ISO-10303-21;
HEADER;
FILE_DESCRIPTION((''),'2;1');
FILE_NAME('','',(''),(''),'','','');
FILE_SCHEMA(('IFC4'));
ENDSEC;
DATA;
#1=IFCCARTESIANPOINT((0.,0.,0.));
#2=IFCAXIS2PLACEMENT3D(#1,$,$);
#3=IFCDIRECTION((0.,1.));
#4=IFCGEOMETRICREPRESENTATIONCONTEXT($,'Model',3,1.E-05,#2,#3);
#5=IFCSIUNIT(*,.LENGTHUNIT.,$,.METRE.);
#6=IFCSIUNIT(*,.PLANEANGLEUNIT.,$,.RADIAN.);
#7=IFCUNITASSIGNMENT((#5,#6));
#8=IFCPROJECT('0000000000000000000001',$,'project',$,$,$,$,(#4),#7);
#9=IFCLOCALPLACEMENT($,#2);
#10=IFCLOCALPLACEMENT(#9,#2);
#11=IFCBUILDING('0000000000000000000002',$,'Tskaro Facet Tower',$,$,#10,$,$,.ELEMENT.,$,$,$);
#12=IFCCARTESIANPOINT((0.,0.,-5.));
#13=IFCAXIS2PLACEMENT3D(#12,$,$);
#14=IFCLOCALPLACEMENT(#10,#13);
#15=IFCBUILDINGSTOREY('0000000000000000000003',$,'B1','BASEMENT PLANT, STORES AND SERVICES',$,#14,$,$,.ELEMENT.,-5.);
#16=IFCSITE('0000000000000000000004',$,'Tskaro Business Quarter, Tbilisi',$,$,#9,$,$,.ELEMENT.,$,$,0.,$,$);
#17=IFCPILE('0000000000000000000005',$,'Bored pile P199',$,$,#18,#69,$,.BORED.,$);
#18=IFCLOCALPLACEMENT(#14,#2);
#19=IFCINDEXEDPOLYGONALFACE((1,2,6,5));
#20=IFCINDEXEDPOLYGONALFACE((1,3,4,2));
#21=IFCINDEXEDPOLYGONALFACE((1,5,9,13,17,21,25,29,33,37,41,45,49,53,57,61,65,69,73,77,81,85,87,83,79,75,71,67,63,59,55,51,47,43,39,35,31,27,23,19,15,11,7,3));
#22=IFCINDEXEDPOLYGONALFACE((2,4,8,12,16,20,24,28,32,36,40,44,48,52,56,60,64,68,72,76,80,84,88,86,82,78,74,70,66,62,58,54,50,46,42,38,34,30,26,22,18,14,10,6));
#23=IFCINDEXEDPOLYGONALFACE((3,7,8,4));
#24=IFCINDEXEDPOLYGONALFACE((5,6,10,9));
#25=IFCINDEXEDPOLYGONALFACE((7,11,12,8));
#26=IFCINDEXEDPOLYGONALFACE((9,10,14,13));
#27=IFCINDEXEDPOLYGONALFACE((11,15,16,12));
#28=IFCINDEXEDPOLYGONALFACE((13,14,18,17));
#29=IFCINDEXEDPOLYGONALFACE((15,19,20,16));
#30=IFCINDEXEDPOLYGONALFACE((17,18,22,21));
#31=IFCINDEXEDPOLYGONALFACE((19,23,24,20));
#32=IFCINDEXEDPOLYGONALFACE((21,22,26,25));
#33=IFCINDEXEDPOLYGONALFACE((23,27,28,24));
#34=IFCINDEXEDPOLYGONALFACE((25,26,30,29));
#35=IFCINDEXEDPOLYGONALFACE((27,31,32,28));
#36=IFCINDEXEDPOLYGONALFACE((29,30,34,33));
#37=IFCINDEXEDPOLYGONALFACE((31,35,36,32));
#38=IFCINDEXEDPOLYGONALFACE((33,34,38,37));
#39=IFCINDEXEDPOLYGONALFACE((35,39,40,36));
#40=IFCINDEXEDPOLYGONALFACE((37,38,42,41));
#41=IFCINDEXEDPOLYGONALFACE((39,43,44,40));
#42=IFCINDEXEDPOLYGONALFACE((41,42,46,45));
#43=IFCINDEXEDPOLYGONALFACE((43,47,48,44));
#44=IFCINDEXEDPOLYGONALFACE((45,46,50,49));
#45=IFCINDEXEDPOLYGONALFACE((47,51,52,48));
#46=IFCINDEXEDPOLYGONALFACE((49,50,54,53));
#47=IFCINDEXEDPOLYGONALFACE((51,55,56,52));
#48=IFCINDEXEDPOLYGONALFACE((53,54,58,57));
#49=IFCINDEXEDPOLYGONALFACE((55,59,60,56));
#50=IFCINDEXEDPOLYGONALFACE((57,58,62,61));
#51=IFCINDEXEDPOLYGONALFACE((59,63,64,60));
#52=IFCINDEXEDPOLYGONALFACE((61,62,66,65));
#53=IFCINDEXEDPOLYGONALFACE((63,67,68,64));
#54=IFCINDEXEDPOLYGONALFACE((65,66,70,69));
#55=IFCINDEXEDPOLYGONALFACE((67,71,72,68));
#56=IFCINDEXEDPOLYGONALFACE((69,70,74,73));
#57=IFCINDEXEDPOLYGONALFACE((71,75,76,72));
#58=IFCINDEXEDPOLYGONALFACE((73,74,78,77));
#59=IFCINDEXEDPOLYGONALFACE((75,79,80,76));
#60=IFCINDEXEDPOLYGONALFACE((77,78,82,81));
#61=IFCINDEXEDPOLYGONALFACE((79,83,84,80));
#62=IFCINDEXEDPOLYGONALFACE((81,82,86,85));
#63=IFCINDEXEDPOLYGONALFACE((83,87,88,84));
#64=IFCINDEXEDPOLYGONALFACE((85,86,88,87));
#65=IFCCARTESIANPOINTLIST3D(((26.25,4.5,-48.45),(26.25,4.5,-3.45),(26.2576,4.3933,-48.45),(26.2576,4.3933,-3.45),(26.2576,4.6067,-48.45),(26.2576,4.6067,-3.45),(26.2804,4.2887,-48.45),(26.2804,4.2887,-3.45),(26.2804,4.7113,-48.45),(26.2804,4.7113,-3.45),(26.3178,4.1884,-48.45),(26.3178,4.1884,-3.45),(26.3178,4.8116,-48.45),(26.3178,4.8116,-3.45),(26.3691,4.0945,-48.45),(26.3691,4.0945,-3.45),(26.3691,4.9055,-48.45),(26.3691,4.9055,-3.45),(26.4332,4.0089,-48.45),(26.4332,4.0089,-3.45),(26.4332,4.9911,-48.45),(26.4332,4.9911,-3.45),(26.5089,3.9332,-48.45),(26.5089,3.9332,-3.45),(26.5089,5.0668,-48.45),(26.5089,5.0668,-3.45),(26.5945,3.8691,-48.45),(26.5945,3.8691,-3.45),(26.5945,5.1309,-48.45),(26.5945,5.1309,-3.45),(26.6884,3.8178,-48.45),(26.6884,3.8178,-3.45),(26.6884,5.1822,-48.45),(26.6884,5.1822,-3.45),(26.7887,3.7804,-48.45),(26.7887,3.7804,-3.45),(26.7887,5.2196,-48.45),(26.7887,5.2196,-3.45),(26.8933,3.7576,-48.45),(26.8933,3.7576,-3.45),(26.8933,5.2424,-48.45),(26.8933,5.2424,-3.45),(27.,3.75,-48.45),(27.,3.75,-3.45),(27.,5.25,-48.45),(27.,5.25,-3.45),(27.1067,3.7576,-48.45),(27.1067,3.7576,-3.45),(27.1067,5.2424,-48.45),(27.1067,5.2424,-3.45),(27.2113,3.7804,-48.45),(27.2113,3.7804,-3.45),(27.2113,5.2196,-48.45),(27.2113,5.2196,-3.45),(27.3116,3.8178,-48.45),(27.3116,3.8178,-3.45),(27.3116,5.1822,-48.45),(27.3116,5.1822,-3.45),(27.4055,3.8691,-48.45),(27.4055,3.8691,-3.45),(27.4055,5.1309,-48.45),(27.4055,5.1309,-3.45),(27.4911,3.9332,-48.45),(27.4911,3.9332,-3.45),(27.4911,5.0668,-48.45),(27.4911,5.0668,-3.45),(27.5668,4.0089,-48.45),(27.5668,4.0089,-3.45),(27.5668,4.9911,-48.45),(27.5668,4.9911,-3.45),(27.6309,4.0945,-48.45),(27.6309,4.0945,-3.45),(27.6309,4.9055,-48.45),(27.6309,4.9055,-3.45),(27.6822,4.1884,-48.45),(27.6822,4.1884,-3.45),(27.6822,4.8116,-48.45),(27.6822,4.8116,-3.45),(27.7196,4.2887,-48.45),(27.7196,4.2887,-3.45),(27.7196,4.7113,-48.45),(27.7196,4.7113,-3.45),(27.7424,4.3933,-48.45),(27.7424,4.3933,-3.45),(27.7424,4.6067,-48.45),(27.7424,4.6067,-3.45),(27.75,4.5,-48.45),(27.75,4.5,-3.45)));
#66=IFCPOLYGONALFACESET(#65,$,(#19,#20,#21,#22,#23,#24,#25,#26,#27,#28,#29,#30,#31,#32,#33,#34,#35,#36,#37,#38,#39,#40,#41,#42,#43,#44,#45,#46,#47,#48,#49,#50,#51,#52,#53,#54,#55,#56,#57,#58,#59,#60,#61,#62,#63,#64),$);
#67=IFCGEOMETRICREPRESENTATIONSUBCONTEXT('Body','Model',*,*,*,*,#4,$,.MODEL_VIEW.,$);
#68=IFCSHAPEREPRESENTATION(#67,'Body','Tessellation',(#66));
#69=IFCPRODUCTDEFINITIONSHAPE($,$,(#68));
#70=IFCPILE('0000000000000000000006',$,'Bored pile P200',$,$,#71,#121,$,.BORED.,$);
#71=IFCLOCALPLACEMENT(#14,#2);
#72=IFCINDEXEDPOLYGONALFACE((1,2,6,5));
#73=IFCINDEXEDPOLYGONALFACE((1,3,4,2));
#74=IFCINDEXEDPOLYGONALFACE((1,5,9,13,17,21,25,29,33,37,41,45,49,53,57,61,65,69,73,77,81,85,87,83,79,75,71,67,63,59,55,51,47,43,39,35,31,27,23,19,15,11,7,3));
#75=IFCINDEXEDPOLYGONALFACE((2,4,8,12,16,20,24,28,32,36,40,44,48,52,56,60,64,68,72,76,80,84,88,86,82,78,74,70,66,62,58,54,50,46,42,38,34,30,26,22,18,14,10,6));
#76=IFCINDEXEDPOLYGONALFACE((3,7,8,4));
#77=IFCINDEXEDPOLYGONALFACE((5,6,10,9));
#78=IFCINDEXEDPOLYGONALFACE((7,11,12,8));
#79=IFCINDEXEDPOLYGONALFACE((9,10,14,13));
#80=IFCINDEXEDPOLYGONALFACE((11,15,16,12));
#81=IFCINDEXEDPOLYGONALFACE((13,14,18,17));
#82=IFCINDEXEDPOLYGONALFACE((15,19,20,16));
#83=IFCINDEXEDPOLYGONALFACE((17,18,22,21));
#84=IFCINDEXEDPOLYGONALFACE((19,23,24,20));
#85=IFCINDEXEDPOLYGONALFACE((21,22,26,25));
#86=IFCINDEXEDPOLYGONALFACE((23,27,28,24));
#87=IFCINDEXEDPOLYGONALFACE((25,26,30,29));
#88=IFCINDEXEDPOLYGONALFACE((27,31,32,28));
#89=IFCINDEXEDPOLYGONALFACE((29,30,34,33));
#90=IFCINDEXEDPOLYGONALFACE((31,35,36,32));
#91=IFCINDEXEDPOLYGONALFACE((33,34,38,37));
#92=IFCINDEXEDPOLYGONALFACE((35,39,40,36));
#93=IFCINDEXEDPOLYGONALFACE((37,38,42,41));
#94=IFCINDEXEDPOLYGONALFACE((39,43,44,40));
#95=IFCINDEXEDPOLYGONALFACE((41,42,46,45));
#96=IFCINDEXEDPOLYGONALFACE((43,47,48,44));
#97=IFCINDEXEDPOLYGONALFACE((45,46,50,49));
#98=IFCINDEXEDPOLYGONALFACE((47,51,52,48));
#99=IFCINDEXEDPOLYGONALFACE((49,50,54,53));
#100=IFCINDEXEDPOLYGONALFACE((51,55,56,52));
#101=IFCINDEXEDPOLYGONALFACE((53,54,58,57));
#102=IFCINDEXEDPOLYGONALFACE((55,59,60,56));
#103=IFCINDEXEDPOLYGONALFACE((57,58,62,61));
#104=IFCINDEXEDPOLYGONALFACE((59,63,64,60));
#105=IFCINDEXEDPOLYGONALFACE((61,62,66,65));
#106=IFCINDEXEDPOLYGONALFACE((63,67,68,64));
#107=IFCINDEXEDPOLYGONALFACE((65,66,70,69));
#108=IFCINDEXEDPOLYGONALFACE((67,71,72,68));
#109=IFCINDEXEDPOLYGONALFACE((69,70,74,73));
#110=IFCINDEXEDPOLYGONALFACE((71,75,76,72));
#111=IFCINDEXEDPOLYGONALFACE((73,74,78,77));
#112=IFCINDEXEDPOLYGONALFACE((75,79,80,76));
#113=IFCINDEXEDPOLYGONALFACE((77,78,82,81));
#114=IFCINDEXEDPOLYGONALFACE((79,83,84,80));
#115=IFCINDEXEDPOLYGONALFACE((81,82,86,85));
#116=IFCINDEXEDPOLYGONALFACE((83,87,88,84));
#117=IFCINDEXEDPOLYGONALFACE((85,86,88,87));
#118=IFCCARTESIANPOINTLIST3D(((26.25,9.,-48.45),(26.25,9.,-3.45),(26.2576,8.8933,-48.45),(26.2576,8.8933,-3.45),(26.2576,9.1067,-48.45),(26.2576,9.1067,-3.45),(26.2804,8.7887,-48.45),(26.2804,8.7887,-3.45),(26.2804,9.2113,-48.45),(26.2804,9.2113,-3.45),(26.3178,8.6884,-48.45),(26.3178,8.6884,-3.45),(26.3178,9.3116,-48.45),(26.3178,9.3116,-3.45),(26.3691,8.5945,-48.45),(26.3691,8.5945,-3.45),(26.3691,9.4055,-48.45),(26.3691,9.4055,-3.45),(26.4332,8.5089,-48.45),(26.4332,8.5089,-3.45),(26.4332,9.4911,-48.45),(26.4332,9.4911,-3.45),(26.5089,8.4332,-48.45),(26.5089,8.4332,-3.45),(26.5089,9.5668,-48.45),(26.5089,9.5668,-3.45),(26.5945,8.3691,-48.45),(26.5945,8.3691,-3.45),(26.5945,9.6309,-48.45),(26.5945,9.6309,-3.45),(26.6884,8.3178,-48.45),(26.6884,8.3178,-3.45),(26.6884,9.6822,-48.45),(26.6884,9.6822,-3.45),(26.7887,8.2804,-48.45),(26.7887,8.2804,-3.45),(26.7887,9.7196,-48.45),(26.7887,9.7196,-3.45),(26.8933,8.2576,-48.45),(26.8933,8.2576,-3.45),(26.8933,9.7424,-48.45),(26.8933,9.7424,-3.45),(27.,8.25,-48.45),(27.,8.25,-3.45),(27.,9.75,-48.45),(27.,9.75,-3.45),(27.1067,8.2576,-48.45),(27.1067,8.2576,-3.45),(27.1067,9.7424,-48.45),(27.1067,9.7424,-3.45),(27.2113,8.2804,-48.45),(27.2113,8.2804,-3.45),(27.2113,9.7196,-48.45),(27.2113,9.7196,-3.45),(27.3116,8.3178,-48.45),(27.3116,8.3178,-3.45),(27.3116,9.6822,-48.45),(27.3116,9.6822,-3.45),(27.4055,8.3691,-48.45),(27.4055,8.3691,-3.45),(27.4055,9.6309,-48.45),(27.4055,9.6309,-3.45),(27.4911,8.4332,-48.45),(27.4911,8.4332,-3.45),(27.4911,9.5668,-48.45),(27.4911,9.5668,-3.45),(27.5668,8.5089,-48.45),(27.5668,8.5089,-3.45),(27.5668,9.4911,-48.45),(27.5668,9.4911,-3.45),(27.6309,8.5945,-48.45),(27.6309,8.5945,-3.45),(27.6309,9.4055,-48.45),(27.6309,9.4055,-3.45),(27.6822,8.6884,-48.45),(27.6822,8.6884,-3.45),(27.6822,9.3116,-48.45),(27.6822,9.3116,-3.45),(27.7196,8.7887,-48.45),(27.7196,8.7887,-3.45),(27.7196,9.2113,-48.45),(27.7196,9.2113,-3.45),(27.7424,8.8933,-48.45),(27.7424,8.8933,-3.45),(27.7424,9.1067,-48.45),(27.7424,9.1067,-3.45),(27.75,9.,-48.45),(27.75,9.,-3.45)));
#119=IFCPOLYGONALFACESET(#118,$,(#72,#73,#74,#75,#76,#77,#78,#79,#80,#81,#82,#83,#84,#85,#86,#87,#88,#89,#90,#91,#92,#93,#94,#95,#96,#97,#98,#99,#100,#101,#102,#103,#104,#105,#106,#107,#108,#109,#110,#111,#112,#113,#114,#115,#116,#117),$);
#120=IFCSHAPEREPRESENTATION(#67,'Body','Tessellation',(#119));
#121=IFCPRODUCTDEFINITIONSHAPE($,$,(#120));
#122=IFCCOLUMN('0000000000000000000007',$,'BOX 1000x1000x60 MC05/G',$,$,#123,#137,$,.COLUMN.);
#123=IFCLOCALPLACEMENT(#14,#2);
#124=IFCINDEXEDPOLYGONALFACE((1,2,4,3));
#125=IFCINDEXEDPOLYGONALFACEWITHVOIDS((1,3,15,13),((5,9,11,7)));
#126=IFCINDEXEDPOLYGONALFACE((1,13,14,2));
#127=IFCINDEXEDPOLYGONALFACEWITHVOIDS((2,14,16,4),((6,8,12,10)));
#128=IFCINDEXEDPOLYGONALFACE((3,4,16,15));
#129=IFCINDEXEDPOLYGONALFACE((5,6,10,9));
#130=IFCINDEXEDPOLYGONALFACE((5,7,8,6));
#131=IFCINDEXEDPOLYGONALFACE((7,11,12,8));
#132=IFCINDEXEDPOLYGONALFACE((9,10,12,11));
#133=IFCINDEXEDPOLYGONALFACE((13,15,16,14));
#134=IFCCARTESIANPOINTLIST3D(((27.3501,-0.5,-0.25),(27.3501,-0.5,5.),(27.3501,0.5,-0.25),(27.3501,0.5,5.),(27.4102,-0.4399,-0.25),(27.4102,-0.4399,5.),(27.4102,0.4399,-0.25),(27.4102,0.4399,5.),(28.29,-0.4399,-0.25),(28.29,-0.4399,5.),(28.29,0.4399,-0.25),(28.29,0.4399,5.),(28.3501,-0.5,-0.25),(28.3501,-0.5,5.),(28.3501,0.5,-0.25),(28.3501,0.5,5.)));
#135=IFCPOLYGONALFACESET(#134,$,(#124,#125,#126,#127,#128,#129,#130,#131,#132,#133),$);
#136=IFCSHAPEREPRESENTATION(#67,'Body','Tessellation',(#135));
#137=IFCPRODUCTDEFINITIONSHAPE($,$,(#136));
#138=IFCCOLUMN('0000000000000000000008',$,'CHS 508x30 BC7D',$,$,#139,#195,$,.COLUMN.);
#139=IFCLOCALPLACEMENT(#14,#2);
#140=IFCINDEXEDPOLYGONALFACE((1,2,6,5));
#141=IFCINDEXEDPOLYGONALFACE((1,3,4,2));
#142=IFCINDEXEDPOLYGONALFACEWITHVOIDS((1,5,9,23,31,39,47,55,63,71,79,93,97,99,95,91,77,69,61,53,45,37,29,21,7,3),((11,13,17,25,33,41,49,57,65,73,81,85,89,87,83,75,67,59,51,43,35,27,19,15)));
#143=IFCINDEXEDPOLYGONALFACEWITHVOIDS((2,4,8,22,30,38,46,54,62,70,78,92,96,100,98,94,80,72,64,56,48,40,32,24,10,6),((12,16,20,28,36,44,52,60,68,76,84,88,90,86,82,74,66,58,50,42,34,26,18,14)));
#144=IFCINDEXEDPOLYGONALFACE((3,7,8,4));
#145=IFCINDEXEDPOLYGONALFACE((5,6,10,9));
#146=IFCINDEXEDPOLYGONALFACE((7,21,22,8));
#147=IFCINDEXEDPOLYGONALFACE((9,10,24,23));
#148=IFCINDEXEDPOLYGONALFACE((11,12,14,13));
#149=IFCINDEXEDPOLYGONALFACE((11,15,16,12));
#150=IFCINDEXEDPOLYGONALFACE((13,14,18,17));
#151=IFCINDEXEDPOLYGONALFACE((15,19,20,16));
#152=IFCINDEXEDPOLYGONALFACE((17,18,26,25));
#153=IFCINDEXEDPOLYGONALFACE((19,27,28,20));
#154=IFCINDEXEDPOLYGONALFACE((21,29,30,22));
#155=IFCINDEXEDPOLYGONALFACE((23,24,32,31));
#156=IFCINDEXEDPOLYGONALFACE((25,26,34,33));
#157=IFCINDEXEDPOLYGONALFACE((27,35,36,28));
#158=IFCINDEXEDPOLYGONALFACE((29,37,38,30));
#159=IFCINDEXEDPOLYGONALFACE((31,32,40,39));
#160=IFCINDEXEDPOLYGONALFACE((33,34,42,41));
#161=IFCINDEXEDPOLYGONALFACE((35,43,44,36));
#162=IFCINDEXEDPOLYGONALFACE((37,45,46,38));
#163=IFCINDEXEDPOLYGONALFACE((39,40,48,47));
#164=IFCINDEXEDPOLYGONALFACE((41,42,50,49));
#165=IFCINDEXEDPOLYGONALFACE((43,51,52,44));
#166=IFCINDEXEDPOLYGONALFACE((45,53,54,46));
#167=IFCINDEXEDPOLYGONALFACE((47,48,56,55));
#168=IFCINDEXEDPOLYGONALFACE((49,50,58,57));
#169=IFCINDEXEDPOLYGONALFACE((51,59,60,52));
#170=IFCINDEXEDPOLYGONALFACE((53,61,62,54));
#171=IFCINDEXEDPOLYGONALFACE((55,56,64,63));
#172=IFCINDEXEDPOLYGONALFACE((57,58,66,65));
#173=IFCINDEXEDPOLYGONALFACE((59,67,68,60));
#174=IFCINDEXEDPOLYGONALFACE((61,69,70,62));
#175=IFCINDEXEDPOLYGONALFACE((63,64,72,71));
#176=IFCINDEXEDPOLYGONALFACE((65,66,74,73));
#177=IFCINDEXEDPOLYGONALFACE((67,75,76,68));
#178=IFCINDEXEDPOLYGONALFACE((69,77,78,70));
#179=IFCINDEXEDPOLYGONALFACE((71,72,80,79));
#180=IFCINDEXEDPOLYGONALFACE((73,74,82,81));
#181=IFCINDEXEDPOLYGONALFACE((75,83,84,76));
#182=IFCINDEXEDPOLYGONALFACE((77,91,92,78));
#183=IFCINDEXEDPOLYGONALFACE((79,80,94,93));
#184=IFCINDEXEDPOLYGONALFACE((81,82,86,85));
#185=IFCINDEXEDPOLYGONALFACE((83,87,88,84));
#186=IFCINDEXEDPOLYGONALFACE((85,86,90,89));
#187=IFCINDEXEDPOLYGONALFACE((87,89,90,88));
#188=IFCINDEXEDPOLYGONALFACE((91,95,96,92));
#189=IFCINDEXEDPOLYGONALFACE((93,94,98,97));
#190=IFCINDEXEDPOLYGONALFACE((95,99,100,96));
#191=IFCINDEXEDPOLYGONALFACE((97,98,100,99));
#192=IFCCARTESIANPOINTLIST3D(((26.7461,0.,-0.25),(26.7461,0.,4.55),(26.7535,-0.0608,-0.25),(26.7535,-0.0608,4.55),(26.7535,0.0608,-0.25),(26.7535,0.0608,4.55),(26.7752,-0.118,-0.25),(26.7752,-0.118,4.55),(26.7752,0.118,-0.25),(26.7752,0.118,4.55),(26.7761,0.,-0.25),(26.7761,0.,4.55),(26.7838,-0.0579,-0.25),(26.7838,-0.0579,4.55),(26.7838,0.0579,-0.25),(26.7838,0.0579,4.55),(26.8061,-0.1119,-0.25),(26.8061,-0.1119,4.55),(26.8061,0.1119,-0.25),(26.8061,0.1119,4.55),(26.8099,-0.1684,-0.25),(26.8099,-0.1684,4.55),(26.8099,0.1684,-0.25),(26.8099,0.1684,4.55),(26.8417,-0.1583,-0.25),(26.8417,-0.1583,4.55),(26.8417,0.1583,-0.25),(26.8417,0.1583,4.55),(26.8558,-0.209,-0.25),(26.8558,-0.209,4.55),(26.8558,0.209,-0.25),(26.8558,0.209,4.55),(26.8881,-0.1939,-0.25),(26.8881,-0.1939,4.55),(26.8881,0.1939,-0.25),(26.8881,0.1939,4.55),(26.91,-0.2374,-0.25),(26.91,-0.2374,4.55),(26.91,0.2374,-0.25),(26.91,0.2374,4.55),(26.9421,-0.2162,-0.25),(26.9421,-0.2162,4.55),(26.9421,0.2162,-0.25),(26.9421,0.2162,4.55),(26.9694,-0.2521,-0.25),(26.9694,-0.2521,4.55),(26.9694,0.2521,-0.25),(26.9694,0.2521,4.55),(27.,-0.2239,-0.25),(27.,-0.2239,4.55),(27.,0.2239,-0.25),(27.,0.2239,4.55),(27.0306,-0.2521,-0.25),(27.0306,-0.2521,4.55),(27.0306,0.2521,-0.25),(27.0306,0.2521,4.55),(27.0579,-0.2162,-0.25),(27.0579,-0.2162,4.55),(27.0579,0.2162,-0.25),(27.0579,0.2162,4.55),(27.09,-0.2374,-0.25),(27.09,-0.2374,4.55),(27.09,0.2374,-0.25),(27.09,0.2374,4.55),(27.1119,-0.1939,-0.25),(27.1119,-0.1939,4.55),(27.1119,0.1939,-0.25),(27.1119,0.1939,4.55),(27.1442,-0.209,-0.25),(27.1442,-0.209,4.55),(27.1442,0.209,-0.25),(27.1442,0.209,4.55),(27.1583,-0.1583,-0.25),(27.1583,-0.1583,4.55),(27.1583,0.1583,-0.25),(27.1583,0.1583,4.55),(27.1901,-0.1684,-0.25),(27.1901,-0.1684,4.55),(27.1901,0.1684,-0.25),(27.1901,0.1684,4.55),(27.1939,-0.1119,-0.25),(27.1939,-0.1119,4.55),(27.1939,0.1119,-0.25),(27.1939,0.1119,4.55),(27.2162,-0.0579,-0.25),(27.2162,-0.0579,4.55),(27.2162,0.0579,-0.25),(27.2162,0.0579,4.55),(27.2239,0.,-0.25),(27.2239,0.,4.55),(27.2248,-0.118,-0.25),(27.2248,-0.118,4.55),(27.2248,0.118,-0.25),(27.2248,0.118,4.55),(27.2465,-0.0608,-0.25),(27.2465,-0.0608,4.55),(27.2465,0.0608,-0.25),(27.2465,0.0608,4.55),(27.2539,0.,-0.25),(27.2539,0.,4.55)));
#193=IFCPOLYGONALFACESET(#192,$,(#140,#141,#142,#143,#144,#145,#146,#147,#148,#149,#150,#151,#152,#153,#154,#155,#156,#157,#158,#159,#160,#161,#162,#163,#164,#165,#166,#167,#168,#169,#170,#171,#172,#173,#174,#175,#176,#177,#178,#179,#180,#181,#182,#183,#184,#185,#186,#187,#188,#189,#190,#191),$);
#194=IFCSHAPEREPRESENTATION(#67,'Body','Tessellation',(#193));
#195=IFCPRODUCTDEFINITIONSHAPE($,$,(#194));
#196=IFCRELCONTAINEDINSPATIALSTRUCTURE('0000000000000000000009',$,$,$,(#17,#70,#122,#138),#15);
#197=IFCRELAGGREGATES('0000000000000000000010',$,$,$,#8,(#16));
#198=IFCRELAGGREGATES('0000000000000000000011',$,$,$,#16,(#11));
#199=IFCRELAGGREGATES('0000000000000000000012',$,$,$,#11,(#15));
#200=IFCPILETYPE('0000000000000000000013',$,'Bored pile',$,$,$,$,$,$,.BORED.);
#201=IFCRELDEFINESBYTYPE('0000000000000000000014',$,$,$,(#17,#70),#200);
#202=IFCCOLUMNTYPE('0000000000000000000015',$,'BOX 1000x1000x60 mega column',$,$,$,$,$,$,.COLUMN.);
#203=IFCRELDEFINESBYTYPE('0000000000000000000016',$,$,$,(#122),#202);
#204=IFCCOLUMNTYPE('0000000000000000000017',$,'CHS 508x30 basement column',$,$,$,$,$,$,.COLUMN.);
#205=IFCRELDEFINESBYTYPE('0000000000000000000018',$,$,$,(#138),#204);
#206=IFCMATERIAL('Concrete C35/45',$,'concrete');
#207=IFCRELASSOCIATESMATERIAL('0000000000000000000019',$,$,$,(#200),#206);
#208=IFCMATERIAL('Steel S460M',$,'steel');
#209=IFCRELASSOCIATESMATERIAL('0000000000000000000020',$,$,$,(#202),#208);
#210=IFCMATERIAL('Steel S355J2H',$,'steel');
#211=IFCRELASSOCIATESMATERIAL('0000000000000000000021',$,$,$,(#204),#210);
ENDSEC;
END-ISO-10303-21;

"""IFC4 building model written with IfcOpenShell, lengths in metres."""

from ifc_helpers import new_model, si_unit, direction, frame, origin, origin_2d, place, context, subcontext, project, spatial, hollow_rectangle, circle, hollow_circle, extrude, material, material_profile, profile_set, type_object, element, save


model = new_model("IFC4")

# Units and contexts
model_context = context("Model", 3, precision=1e-05, world=origin(), true_north=direction((0.0, 1.0)))
body_context = subcontext(model_context, "Body", "Model", "MODEL_VIEW")
ifc_project = project(units=[si_unit("LENGTHUNIT", "METRE"), si_unit("PLANEANGLEUNIT", "RADIAN")], contexts=[model_context])

# Site, building, storey
site_placement = place(None, origin())
site = spatial("IfcSite", under=ifc_project, at=site_placement, Name="Tskaro Business Quarter, Tbilisi", CompositionType="ELEMENT", RefElevation=0.0)
building_placement = place(site_placement, origin())
building = spatial("IfcBuilding", under=site, at=building_placement, Name="Tskaro Facet Tower", CompositionType="ELEMENT")
storey_placement = place(building_placement, frame((0.0, 0.0, -5.0)))
storey = spatial("IfcBuildingStorey", under=building, at=storey_placement, Name="B1", Description="BASEMENT PLANT, STORES AND SERVICES", CompositionType="ELEMENT", Elevation=-5.0)

# Piles
ifc_material_1 = material(Name="Concrete C35/45", Category="concrete")
ifc_material_profile_1 = material_profile(ifc_material_1, circle(Radius=0.75, at=origin_2d()), Name="Bored pile")
ifc_profile_set_1 = profile_set([ifc_material_profile_1], Name="Concrete C35/45")
pile_type = type_object("IfcPileType", Name="Bored pile", PredefinedType="BORED", material=ifc_profile_set_1)
for number, where, z_axis, x_axis, name in (
    (1, (27.0, 4.5, -3.45), (0.0, 0.0, -1.0), (1.0, 0.0, 0.0), "Bored pile P199"),
    (2, (27.0, 9.0, -3.45), (0.0, 0.0, -1.0), (1.0, 0.0, 0.0), "Bored pile P200"),
):
    element("IfcPile", number, at=place(storey_placement, frame(where, z_axis=z_axis, x_axis=x_axis)), inside=storey, type_object=pile_type, Name=name, PredefinedType="BORED", context=body_context, shape_type="SweptSolid", body=[
        extrude(circle(Radius=0.75, at=origin_2d()), origin(), (0.0, 0.0, 1.0), 45.0),
    ])

# Columns
ifc_material_2 = material(Name="Steel S460M", Category="steel")
ifc_material_profile_2 = material_profile(ifc_material_2, hollow_rectangle(XDim=1.0, YDim=1.0, WallThickness=0.0601, at=origin_2d()), Name="BOX 1000x1000x60")
ifc_profile_set_2 = profile_set([ifc_material_profile_2], Name="Steel S460M")
column_type_1 = type_object("IfcColumnType", Name="BOX 1000x1000x60 mega column", PredefinedType="COLUMN", material=ifc_profile_set_2)
column_placement = place(storey_placement, frame((27.8501, 0.0, -0.25), z_axis=(0.0, 0.0, 1.0), x_axis=(1.0, 0.0, 0.0)))
element("IfcColumn", 3, at=column_placement, inside=storey, type_object=column_type_1, Name="BOX 1000x1000x60 MC05/G", PredefinedType="COLUMN", context=body_context, shape_type="SweptSolid", body=[
    extrude(hollow_rectangle(XDim=1.0, YDim=1.0, WallThickness=0.0601, at=origin_2d()), origin(), (0.0, 0.0, 1.0), 5.25),
])
ifc_material_3 = material(Name="Steel S355J2H", Category="steel")
ifc_material_profile_3 = material_profile(ifc_material_3, hollow_circle(Radius=0.2539, WallThickness=0.03, at=origin_2d()), Name="CHS 508x30")
ifc_profile_set_3 = profile_set([ifc_material_profile_3], Name="Steel S355J2H")
column_type_2 = type_object("IfcColumnType", Name="CHS 508x30 basement column", PredefinedType="COLUMN", material=ifc_profile_set_3)
for number, where, z_axis, x_axis, name in (
    (4, (27.0, 0.0, -0.25), (0.0, 0.0, 1.0), (1.0, 0.0, 0.0), "CHS 508x30 BC7D"),
):
    element("IfcColumn", number, at=place(storey_placement, frame(where, z_axis=z_axis, x_axis=x_axis)), inside=storey, type_object=column_type_2, Name=name, PredefinedType="COLUMN", context=body_context, shape_type="SweptSolid", body=[
        extrude(hollow_circle(Radius=0.2539, WallThickness=0.03, at=origin_2d()), origin(), (0.0, 0.0, 1.0), 4.8),
    ])

save(model, "model.ifc")
